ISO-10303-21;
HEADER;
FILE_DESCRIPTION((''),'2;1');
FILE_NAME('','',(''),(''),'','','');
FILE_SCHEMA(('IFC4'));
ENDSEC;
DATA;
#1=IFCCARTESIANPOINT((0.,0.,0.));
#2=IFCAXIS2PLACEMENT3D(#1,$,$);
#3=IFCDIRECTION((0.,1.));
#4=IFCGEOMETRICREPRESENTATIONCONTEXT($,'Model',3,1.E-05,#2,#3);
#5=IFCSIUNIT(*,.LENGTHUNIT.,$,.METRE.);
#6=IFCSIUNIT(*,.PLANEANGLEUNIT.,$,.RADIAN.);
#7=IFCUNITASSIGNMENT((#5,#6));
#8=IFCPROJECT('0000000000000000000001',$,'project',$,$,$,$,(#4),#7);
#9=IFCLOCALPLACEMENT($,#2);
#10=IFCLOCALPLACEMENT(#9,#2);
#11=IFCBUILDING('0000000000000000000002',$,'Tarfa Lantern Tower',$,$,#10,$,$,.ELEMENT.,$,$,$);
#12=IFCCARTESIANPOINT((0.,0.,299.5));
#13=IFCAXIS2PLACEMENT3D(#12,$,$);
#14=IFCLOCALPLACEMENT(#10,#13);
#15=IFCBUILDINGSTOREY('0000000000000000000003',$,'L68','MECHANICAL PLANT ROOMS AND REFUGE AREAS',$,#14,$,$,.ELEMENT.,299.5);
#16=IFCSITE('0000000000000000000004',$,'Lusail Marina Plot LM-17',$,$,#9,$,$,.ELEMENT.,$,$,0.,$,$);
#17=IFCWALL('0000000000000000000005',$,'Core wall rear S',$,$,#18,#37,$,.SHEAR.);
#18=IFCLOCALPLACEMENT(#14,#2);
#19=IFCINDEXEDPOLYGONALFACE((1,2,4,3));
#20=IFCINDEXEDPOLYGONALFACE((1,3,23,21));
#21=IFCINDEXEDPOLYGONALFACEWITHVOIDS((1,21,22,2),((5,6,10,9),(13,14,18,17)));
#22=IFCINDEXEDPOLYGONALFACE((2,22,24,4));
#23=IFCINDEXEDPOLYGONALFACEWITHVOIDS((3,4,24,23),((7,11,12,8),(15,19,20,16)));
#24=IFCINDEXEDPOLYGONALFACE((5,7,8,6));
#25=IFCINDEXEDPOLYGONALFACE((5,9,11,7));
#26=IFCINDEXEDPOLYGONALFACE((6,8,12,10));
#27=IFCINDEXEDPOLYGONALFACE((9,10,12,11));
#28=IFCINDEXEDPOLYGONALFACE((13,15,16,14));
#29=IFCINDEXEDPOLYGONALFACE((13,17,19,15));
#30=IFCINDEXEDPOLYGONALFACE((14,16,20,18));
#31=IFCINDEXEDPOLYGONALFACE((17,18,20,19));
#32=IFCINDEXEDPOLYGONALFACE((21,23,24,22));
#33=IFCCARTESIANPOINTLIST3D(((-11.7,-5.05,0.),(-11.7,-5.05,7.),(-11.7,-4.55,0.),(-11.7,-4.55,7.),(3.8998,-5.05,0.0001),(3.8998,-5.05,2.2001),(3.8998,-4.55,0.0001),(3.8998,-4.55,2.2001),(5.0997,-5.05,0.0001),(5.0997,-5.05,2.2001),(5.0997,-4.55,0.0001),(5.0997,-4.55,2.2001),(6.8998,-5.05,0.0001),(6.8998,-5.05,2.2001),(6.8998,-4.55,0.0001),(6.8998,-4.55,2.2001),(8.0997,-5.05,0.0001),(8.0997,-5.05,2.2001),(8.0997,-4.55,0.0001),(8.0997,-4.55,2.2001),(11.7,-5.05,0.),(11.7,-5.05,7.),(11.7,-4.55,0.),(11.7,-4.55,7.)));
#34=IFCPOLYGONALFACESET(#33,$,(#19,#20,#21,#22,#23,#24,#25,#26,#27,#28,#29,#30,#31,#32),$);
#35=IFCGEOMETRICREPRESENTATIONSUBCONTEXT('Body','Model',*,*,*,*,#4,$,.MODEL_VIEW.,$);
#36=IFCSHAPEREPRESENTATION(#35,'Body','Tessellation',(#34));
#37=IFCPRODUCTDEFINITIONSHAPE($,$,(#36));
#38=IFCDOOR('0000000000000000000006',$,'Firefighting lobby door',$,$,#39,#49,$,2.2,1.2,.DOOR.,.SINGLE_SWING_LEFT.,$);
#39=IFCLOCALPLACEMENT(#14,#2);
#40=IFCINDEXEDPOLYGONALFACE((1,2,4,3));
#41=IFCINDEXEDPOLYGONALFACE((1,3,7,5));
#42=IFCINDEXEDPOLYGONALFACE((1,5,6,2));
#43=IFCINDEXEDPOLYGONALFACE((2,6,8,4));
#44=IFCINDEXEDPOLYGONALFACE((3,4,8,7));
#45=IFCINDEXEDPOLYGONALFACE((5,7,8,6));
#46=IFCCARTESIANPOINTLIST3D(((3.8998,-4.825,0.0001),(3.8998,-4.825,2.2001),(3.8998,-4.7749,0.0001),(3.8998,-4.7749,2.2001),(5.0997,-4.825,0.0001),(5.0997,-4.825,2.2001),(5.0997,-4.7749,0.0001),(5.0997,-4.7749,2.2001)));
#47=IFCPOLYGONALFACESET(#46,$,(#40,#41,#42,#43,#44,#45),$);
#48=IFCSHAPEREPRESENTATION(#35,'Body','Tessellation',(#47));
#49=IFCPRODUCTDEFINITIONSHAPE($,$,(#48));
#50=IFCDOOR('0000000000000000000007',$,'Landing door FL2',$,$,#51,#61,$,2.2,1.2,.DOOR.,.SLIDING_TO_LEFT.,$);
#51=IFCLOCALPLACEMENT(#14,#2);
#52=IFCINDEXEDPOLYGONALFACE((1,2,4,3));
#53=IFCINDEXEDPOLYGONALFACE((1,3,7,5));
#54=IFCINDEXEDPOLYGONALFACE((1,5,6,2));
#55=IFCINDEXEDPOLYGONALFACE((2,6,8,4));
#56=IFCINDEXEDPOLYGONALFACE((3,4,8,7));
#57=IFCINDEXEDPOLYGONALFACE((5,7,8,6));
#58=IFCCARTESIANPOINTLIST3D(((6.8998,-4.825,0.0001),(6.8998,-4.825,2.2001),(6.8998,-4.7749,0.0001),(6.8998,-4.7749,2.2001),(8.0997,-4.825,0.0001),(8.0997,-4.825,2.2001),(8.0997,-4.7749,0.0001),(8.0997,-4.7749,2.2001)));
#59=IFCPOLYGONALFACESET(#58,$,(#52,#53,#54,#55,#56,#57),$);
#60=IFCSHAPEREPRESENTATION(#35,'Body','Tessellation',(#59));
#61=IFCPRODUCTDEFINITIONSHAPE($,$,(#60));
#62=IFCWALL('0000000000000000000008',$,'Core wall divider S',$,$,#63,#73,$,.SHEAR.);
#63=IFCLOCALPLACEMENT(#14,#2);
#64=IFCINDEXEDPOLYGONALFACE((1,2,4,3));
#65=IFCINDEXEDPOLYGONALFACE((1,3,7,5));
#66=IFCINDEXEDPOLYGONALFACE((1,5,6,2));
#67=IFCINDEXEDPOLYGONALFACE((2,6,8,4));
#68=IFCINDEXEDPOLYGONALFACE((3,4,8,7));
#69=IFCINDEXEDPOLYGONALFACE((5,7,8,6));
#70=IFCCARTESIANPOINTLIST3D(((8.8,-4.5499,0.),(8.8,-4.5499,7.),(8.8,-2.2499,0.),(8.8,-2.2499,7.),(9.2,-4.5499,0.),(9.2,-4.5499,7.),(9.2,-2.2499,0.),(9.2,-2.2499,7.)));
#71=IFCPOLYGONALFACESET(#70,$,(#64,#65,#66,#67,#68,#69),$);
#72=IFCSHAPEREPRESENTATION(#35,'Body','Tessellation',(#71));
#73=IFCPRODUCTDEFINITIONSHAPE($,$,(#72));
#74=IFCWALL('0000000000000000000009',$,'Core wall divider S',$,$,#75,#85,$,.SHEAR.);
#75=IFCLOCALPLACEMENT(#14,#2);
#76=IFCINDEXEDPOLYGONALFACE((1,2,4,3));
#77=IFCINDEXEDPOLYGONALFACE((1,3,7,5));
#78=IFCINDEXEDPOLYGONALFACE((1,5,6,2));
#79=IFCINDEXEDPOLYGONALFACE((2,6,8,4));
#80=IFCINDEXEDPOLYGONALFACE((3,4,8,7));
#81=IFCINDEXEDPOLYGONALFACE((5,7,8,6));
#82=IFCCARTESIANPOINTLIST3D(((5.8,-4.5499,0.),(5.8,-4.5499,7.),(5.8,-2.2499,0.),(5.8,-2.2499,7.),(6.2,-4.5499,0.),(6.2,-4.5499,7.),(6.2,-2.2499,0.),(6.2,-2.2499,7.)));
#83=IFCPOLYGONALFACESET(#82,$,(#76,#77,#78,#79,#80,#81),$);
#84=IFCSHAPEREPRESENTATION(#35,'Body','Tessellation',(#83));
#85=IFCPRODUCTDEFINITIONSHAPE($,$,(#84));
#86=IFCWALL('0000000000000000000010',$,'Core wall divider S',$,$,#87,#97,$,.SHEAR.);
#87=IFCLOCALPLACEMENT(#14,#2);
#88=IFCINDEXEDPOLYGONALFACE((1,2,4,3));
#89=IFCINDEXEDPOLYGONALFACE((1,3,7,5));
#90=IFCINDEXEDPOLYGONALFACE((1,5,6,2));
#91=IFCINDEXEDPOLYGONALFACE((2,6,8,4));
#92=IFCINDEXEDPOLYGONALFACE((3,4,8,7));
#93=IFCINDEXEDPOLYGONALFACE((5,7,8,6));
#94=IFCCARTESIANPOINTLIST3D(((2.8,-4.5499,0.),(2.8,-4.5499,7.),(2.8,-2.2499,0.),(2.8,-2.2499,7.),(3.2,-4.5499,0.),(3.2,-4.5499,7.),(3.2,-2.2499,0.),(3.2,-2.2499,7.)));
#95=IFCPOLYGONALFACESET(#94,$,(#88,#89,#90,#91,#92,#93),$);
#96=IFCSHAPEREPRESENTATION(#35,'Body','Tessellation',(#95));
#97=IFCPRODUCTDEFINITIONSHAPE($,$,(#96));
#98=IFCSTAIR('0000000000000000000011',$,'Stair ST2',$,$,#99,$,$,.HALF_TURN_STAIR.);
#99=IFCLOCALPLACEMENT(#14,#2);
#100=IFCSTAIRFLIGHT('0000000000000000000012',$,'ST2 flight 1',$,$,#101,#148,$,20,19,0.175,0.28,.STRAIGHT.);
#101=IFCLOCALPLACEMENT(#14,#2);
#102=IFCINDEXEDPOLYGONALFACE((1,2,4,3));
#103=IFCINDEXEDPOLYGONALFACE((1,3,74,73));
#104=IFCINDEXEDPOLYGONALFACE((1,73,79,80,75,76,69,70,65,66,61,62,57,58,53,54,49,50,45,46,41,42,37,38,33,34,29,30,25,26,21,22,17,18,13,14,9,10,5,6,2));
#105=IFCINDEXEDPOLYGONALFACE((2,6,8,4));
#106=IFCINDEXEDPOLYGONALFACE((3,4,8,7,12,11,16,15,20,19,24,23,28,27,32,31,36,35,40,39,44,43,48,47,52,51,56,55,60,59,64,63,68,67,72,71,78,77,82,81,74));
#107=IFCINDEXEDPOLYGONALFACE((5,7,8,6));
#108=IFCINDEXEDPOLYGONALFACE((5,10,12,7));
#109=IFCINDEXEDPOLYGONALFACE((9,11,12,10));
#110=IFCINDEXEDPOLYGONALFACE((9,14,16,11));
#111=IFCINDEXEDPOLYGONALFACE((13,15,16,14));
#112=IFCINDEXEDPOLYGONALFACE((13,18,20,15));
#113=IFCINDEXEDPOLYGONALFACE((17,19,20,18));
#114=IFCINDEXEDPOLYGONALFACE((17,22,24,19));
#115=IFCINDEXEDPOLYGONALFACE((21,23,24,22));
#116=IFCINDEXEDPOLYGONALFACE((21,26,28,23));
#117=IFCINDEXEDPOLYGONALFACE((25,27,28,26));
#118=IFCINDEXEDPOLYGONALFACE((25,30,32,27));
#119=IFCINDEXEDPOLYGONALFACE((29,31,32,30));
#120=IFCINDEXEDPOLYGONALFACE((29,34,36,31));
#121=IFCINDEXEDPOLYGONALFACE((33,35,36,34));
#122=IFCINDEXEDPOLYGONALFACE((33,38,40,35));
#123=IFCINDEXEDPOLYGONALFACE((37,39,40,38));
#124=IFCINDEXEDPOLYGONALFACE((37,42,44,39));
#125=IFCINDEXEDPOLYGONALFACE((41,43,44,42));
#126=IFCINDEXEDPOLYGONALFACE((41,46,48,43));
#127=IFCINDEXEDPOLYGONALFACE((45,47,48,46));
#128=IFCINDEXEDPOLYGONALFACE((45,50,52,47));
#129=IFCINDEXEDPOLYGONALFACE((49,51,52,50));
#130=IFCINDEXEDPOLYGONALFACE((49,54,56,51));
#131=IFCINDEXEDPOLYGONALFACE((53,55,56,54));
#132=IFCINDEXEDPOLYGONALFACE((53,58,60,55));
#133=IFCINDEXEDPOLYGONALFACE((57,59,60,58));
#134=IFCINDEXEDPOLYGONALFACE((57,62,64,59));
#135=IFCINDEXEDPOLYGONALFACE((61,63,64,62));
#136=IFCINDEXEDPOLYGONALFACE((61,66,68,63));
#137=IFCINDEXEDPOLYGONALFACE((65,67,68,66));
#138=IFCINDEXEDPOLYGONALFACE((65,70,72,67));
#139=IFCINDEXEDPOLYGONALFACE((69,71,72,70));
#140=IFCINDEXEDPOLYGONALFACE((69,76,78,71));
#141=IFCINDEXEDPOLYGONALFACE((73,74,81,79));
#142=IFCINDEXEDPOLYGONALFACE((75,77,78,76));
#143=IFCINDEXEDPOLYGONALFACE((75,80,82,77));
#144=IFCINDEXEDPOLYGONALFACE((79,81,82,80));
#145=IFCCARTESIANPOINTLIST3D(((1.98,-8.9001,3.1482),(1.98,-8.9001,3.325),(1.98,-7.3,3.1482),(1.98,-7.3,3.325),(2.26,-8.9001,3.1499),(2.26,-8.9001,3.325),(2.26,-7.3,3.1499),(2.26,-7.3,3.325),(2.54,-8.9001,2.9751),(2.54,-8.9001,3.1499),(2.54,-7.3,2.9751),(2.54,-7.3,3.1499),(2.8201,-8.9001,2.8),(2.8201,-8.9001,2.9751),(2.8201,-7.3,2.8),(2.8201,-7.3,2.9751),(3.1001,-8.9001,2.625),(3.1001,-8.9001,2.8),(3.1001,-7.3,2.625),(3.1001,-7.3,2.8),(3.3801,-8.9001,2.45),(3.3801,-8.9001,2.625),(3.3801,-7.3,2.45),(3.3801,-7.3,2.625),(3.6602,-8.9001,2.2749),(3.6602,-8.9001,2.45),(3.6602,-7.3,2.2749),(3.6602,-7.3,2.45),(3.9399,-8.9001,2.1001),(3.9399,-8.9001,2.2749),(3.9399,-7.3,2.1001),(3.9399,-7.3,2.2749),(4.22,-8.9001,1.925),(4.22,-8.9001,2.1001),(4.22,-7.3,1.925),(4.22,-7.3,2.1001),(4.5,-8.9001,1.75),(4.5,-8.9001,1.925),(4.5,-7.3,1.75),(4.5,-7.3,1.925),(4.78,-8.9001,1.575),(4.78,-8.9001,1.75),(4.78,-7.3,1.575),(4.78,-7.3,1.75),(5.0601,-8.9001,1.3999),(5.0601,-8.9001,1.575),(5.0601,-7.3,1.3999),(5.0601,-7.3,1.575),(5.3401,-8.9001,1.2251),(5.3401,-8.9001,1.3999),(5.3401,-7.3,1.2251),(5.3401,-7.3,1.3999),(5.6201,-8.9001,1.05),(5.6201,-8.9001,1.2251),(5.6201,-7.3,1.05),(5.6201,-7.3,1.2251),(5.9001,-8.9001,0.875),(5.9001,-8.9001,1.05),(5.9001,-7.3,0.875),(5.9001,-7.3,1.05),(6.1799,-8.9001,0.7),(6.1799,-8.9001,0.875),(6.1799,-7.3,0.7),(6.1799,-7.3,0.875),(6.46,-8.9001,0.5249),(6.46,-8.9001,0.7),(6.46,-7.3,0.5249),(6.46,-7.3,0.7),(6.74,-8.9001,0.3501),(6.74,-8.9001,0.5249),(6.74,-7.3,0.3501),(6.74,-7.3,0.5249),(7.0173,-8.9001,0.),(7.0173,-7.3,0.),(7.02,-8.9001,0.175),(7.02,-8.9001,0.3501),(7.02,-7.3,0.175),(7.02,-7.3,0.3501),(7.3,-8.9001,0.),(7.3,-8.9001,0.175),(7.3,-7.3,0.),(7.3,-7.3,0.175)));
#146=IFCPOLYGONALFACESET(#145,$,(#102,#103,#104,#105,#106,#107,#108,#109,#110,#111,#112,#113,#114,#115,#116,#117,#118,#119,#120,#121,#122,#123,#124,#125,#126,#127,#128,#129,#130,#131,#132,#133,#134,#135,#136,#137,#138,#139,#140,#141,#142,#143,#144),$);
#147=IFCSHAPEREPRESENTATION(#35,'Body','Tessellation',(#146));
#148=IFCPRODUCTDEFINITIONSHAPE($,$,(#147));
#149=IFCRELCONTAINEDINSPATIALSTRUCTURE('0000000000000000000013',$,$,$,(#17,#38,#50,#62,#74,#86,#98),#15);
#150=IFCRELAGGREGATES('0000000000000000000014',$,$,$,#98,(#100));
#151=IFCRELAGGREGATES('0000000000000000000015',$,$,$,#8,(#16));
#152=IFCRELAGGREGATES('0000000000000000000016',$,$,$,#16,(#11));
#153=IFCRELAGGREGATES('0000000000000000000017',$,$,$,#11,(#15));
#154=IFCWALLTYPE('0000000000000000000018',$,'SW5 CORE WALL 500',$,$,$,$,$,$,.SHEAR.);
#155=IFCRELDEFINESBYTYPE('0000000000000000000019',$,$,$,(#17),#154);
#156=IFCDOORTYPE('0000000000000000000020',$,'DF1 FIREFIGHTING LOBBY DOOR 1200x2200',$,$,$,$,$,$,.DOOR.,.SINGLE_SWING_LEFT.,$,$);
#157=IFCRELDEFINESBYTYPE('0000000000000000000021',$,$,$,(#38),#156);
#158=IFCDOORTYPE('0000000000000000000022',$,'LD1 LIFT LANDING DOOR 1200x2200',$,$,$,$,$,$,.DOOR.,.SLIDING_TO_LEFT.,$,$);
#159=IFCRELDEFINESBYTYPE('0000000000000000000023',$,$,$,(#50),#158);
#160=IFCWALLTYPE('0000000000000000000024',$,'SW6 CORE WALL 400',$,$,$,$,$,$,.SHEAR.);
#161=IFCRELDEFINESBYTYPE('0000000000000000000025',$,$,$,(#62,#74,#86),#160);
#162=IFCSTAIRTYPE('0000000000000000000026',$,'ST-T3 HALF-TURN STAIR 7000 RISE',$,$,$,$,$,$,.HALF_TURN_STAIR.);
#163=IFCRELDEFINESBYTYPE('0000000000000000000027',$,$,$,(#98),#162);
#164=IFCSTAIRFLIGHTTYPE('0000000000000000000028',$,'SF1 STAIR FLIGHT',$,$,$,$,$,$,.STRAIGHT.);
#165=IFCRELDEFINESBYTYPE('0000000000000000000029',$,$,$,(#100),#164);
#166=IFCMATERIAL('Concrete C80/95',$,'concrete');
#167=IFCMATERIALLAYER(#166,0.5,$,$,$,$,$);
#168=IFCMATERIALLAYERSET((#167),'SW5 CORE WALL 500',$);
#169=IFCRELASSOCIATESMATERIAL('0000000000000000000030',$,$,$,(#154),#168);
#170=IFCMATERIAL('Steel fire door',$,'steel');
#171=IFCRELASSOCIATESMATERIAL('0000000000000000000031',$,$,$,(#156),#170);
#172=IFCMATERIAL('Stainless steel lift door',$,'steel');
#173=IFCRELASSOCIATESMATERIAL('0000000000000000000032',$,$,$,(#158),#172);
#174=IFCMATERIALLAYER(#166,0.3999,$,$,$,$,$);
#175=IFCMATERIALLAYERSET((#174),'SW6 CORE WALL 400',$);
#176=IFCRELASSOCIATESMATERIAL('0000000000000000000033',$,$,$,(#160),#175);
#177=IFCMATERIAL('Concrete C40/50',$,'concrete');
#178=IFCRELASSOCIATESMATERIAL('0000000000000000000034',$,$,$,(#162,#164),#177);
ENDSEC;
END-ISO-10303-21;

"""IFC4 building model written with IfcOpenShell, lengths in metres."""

from ifc_helpers import new_model, si_unit, direction, frame, frame_2d, origin, place, context, subcontext, project, spatial, polyline, rectangle, outline, extrude, material, layer, layer_set, type_object, element, fill, aggregate, save


model = new_model("IFC4")

# Units and contexts
model_context = context("Model", 3, precision=1e-05, world=origin(), true_north=direction((0.0, 1.0)))
body_context = subcontext(model_context, "Body", "Model", "MODEL_VIEW")
ifc_project = project(units=[si_unit("LENGTHUNIT", "METRE"), si_unit("PLANEANGLEUNIT", "RADIAN")], contexts=[model_context])

# Site, building, storey
site_placement = place(None, origin())
site = spatial("IfcSite", under=ifc_project, at=site_placement, Name="Lusail Marina Plot LM-17", CompositionType="ELEMENT", RefElevation=0.0)
building_placement = place(site_placement, origin())
building = spatial("IfcBuilding", under=site, at=building_placement, Name="Tarfa Lantern Tower", CompositionType="ELEMENT")
storey_placement = place(building_placement, frame((0.0, 0.0, 299.5)))
storey = spatial("IfcBuildingStorey", under=building, at=storey_placement, Name="L68", Description="MECHANICAL PLANT ROOMS AND REFUGE AREAS", CompositionType="ELEMENT", Elevation=299.5)

# Shared definitions
ifc_material_1 = material(Name="Concrete C80/95", Category="concrete")

# Shared definitions
ifc_material_2 = material(Name="Steel fire door", Category="steel")
ifc_layer_1 = layer(ifc_material_1, 0.5)
ifc_layer_set_1 = layer_set([ifc_layer_1], Name="SW5 CORE WALL 500")
wall_type_1 = type_object("IfcWallType", Name="SW5 CORE WALL 500", PredefinedType="SHEAR", material=ifc_layer_set_1)

# Wall, openings, doors
wall_1_placement = place(storey_placement, frame((11.7, -4.8, 0.0), z_axis=(0.0, 0.0, 1.0), x_axis=(-1.0, 0.0, 0.0)))
wall_1 = element("IfcWall", 1, at=wall_1_placement, inside=storey, type_object=wall_type_1, Name="Core wall rear S", PredefinedType="SHEAR", context=body_context, shape_type="SweptSolid", body=[
    extrude(rectangle(XDim=23.3999, YDim=0.5, at=frame_2d((11.7, 0.0))), origin(), (0.0, 0.0, 1.0), 7.0),
])
opening_1_placement = place(wall_1_placement, frame((6.6001, 0.0, 0.0)))
opening_1 = element("IfcOpeningElement", 2, at=opening_1_placement, cuts=wall_1, PredefinedType="OPENING", context=body_context, shape_type="SweptSolid", body=[
    extrude(rectangle(XDim=1.2, YDim=2.2, at=frame_2d((0.6001, 1.1001))), frame((0.0, 0.26, 0.0), z_axis=(0.0, -1.0, 0.0), x_axis=(1.0, 0.0, 0.0)), (0.0, 0.0, 1.0), 0.52),
])
opening_2_placement = place(wall_1_placement, frame((3.6001, 0.0, 0.0)))
opening_2 = element("IfcOpeningElement", 3, at=opening_2_placement, cuts=wall_1, PredefinedType="OPENING", context=body_context, shape_type="SweptSolid", body=[
    extrude(rectangle(XDim=1.2, YDim=2.2, at=frame_2d((0.6001, 1.1001))), frame((0.0, 0.26, 0.0), z_axis=(0.0, -1.0, 0.0), x_axis=(1.0, 0.0, 0.0)), (0.0, 0.0, 1.0), 0.52),
])
door_type_1 = type_object("IfcDoorType", Name="DF1 FIREFIGHTING LOBBY DOOR 1200x2200", OperationType="SINGLE_SWING_LEFT", PredefinedType="DOOR", material=ifc_material_2)
door_1_placement = place(opening_1_placement, origin())
door_1 = element("IfcDoor", 4, at=door_1_placement, inside=storey, type_object=door_type_1, Name="Firefighting lobby door", OperationType="SINGLE_SWING_LEFT", OverallHeight=2.2, OverallWidth=1.2, PredefinedType="DOOR", context=body_context, shape_type="SweptSolid", body=[
    extrude(rectangle(XDim=1.2, YDim=2.2, at=frame_2d((0.6001, 1.1001))), frame((0.0, 0.0249, 0.0), z_axis=(0.0, -1.0, 0.0), x_axis=(1.0, 0.0, 0.0)), (0.0, 0.0, 1.0), 0.05),
])
fill(opening_1, door_1)
ifc_material_3 = material(Name="Stainless steel lift door", Category="steel")
door_type_2 = type_object("IfcDoorType", Name="LD1 LIFT LANDING DOOR 1200x2200", OperationType="SLIDING_TO_LEFT", PredefinedType="DOOR", material=ifc_material_3)
door_2_placement = place(opening_2_placement, origin())
door_2 = element("IfcDoor", 5, at=door_2_placement, inside=storey, type_object=door_type_2, Name="Landing door FL2", OperationType="SLIDING_TO_LEFT", OverallHeight=2.2, OverallWidth=1.2, PredefinedType="DOOR", context=body_context, shape_type="SweptSolid", body=[
    extrude(rectangle(XDim=1.2, YDim=2.2, at=frame_2d((0.6001, 1.1001))), frame((0.0, 0.0249, 0.0), z_axis=(0.0, -1.0, 0.0), x_axis=(1.0, 0.0, 0.0)), (0.0, 0.0, 1.0), 0.05),
])
fill(opening_2, door_2)

# Walls
ifc_layer_2 = layer(ifc_material_1, 0.3999)
ifc_layer_set_2 = layer_set([ifc_layer_2], Name="SW6 CORE WALL 400")
wall_type_2 = type_object("IfcWallType", Name="SW6 CORE WALL 400", PredefinedType="SHEAR", material=ifc_layer_set_2)
for number, where, z_axis, x_axis, name in (
    (6, (9.0, -2.25, 0.0), (0.0, 0.0, 1.0), (0.0, -1.0, 0.0), "Core wall divider S"),
    (7, (6.0, -2.25, 0.0), (0.0, 0.0, 1.0), (0.0, -1.0, 0.0), "Core wall divider S"),
    (8, (3.0, -2.25, 0.0), (0.0, 0.0, 1.0), (0.0, -1.0, 0.0), "Core wall divider S"),
):
    element("IfcWall", number, at=place(storey_placement, frame(where, z_axis=z_axis, x_axis=x_axis)), inside=storey, type_object=wall_type_2, Name=name, PredefinedType="SHEAR", context=body_context, shape_type="SweptSolid", body=[
        extrude(rectangle(XDim=2.3, YDim=0.3999, at=frame_2d((1.1499, 0.0))), origin(), (0.0, 0.0, 1.0), 7.0),
    ])

# Stair, stair flight
ifc_material_4 = material(Name="Concrete C40/50", Category="concrete")
stair_type = type_object("IfcStairType", Name="ST-T3 HALF-TURN STAIR 7000 RISE", PredefinedType="HALF_TURN_STAIR", material=ifc_material_4)
stair_placement = place(storey_placement, origin())
stair = element("IfcStair", 9, at=stair_placement, inside=storey, type_object=stair_type, Name="Stair ST2", PredefinedType="HALF_TURN_STAIR")
stair_flight_type = type_object("IfcStairFlightType", Name="SF1 STAIR FLIGHT", PredefinedType="STRAIGHT", material=ifc_material_4)
stair_flight_1_placement = place(storey_placement, frame((7.3, -8.1001, 0.0), z_axis=(0.0, 0.0, 1.0), x_axis=(-1.0, 0.0, 0.0)))
stair_flight_1 = element("IfcStairFlight", 10, at=stair_flight_1_placement, type_object=stair_flight_type, Name="ST2 flight 1", NumberOfRisers=20, NumberOfTreads=19, PredefinedType="STRAIGHT", RiserHeight=0.175, TreadLength=0.28, context=body_context, shape_type="SweptSolid", body=[
    extrude(outline(polyline([(0.0, 0.0), (0.0, 0.175), (0.28, 0.175), (0.28, 0.3501), (0.5601, 0.3501), (0.5601, 0.5249), (0.8401, 0.5249), (0.8401, 0.7), (1.1201, 0.7), (1.1201, 0.875), (1.3999, 0.875), (1.3999, 1.05), (1.6799, 1.05), (1.6799, 1.2251), (1.96, 1.2251), (1.96, 1.3999), (2.24, 1.3999), (2.24, 1.575), (2.52, 1.575), (2.52, 1.75), (2.8, 1.75), (2.8, 1.925), (3.0801, 1.925), (3.0801, 2.1001), (3.3601, 2.1001), (3.3601, 2.2749), (3.6399, 2.2749), (3.6399, 2.45), (3.9199, 2.45), (3.9199, 2.625), (4.2, 2.625), (4.2, 2.8), (4.48, 2.8), (4.48, 2.9751), (4.76, 2.9751), (4.76, 3.1499), (5.04, 3.1499), (5.04, 3.325), (5.3201, 3.325), (5.3201, 3.5), (5.3201, 3.1482), (0.2827, 0.0), (0.0, 0.0)])), frame((0.0, 0.8, 0.0), z_axis=(0.0, -1.0, 0.0), x_axis=(1.0, 0.0, 0.0)), (0.0, 0.0, 1.0), 1.6001),
])
aggregate(stair, [stair_flight_1])

save(model, "model.ifc")
